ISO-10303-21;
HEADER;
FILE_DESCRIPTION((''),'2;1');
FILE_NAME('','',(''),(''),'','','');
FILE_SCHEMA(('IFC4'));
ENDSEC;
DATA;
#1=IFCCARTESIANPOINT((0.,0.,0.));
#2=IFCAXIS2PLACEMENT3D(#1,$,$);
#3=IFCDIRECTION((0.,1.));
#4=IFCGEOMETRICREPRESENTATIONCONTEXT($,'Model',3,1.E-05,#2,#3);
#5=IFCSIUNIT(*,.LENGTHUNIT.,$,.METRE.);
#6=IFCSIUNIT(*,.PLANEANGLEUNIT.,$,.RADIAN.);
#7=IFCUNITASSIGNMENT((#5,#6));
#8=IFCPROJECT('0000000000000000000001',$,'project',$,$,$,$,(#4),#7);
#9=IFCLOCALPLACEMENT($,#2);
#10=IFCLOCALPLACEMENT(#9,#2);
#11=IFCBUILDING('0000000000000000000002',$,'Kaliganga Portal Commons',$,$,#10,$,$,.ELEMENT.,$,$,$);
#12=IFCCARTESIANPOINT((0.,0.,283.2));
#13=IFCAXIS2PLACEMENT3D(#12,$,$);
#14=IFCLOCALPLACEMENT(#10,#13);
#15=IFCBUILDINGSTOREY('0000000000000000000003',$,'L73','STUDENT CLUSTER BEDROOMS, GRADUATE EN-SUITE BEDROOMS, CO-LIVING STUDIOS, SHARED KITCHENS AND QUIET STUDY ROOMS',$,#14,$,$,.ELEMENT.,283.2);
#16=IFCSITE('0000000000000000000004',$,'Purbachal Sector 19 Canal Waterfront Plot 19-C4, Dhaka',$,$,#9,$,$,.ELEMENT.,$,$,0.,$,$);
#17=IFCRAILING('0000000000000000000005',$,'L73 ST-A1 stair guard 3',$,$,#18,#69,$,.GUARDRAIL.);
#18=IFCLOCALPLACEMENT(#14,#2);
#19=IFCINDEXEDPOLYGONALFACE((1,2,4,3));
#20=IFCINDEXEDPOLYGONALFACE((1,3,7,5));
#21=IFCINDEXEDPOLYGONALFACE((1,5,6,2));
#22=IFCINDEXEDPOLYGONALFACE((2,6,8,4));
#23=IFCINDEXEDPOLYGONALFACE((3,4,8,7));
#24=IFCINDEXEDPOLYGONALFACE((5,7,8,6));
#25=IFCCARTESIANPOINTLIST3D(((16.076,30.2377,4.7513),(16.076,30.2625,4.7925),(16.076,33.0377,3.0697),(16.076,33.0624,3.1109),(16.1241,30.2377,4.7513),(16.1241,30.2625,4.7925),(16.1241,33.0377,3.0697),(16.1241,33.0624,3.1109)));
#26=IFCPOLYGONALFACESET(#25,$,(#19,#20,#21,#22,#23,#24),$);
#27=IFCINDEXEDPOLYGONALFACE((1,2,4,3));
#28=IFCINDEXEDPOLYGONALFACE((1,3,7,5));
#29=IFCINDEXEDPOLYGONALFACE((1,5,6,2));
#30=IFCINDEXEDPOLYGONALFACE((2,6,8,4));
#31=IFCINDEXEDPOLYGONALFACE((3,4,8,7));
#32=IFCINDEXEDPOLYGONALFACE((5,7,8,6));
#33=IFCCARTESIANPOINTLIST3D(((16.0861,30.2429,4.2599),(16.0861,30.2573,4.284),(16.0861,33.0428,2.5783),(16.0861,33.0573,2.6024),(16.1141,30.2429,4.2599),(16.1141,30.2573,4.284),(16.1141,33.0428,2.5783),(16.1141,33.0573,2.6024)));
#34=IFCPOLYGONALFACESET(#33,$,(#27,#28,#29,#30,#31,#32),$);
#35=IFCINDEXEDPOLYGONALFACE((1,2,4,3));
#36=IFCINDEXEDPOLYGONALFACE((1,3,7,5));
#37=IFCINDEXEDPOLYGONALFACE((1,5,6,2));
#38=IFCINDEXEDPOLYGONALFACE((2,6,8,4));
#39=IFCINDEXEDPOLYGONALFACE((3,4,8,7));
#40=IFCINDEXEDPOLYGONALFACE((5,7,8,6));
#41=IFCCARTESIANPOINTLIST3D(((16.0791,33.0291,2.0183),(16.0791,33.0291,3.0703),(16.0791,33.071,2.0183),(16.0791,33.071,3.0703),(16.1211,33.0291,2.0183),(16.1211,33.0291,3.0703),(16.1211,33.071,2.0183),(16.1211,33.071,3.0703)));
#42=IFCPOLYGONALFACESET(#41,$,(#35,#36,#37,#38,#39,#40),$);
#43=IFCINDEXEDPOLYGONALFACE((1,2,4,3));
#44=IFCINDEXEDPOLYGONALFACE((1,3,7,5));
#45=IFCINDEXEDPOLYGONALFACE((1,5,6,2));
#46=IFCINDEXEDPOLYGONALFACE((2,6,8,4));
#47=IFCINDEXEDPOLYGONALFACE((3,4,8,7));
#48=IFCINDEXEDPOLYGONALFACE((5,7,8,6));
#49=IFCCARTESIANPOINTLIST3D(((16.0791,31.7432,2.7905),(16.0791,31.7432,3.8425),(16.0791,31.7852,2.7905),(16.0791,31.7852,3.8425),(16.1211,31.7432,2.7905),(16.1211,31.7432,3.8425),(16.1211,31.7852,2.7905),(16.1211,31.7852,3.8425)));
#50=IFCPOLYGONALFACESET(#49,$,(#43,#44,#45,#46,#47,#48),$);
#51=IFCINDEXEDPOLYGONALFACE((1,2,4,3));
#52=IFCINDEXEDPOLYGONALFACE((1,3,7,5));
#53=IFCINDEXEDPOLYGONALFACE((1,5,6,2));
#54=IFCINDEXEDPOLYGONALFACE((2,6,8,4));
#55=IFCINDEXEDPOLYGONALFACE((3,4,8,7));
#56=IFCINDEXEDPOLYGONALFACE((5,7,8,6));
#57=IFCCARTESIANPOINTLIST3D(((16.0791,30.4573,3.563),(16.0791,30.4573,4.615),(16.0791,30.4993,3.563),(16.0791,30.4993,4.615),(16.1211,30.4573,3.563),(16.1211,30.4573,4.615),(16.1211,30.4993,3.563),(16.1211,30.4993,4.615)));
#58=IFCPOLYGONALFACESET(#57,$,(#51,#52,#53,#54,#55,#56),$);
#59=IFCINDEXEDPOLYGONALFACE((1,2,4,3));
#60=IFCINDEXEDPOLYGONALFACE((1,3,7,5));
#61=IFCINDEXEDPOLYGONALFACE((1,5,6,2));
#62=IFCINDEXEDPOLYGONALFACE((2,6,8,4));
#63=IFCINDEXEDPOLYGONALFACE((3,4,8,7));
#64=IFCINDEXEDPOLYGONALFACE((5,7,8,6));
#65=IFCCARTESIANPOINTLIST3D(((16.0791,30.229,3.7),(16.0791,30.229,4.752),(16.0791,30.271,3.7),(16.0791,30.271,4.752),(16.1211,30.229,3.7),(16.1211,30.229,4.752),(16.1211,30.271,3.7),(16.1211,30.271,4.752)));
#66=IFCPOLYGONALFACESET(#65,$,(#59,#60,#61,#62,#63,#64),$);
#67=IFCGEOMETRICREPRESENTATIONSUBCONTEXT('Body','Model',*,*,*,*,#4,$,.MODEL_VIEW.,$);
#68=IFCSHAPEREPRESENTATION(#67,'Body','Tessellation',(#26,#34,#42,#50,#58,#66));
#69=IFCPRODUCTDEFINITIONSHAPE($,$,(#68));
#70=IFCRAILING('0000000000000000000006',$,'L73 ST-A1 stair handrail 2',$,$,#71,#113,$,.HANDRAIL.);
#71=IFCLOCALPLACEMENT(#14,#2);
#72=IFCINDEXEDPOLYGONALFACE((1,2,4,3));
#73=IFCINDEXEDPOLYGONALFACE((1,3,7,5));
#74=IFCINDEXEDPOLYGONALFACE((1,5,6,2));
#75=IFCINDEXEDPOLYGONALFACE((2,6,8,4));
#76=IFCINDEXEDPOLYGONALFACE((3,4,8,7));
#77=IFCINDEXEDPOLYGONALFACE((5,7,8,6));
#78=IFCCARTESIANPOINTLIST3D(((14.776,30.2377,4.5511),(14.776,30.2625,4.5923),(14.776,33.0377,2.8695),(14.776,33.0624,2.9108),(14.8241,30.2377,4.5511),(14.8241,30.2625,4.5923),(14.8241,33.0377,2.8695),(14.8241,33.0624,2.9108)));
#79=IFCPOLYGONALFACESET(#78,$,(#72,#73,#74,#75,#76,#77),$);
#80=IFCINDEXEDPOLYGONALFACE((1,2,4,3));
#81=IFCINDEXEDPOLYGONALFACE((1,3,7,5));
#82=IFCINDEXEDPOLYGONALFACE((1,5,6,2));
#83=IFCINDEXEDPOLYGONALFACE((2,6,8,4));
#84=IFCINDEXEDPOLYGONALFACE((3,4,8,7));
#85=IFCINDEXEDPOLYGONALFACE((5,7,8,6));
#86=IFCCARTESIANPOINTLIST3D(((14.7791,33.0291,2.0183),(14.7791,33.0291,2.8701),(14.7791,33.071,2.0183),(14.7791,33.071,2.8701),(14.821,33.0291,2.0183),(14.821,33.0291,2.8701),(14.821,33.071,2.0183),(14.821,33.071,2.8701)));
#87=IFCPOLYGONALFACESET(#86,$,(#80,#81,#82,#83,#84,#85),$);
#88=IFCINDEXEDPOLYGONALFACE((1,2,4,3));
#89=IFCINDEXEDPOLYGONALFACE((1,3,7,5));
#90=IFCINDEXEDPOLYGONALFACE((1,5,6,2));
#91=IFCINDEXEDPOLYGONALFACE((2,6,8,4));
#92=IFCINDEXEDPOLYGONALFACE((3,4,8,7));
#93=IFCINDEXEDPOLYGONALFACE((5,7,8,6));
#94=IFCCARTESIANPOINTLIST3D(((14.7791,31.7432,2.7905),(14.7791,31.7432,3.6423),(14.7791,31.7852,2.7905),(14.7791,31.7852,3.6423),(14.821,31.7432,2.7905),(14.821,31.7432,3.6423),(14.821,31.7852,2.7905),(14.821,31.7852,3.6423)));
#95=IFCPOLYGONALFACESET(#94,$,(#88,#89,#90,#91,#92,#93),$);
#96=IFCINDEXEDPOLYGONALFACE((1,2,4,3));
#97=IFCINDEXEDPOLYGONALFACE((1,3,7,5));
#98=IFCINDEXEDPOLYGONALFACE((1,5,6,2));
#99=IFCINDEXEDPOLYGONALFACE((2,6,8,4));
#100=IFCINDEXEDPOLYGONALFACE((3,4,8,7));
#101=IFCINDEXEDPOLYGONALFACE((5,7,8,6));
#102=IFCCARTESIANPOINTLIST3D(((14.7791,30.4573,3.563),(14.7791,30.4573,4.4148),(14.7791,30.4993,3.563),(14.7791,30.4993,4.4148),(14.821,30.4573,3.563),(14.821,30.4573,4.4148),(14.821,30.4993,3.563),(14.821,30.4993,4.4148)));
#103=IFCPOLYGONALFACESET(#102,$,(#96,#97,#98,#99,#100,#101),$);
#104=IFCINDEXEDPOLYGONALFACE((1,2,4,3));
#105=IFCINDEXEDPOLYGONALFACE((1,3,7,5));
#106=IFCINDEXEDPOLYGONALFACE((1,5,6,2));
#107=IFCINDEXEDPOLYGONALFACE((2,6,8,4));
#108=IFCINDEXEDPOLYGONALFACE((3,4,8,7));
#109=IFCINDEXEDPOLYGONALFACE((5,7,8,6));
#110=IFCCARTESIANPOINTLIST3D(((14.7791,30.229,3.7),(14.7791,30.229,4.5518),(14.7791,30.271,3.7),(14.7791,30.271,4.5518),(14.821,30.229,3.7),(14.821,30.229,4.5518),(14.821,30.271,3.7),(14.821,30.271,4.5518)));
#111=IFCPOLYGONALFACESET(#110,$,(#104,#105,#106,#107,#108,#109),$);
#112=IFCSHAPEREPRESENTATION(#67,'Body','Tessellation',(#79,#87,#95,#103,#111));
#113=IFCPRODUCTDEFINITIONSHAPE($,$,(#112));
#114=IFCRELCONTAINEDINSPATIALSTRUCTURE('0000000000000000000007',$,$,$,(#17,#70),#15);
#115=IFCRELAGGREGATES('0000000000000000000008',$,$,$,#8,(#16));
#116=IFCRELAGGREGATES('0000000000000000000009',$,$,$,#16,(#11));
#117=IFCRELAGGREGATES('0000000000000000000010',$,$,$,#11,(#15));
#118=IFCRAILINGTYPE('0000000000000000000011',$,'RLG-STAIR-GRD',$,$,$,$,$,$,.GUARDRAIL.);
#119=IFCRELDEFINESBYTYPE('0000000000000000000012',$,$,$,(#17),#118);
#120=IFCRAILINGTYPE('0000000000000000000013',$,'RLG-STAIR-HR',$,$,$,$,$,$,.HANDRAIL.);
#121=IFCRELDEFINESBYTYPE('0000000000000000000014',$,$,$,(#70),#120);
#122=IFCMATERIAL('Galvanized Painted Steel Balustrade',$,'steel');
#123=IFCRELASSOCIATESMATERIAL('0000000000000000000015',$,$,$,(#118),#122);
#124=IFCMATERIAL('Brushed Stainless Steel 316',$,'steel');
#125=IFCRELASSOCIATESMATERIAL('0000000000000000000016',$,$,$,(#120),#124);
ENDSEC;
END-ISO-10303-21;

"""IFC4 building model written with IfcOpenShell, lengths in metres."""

from ifc_helpers import new_model, si_unit, direction, frame, origin, origin_2d, place, context, subcontext, project, spatial, rectangle, extrude, material, type_object, element, save


model = new_model("IFC4")

# Units and contexts
model_context = context("Model", 3, precision=1e-05, world=origin(), true_north=direction((0.0, 1.0)))
body_context = subcontext(model_context, "Body", "Model", "MODEL_VIEW")
ifc_project = project(units=[si_unit("LENGTHUNIT", "METRE"), si_unit("PLANEANGLEUNIT", "RADIAN")], contexts=[model_context])

# Site, building, storey
site_placement = place(None, origin())
site = spatial("IfcSite", under=ifc_project, at=site_placement, Name="Purbachal Sector 19 Canal Waterfront Plot 19-C4, Dhaka", CompositionType="ELEMENT", RefElevation=0.0)
building_placement = place(site_placement, origin())
building = spatial("IfcBuilding", under=site, at=building_placement, Name="Kaliganga Portal Commons", CompositionType="ELEMENT")
storey_placement = place(building_placement, frame((0.0, 0.0, 283.2)))
storey = spatial("IfcBuildingStorey", under=building, at=storey_placement, Name="L73", Description="STUDENT CLUSTER BEDROOMS, GRADUATE EN-SUITE BEDROOMS, CO-LIVING STUDIOS, SHARED KITCHENS AND QUIET STUDY ROOMS", CompositionType="ELEMENT", Elevation=283.2)

# Railings
ifc_material_1 = material(Name="Galvanized Painted Steel Balustrade", Category="steel")
railing_type_1 = type_object("IfcRailingType", Name="RLG-STAIR-GRD", PredefinedType="GUARDRAIL", material=ifc_material_1)
railing_1_placement = place(storey_placement, frame((16.1001, 33.05, 2.0183)))
element("IfcRailing", 1, at=railing_1_placement, inside=storey, type_object=railing_type_1, Name="L73 ST-A1 stair guard 3", PredefinedType="GUARDRAIL", context=body_context, shape_type="SweptSolid", body=[
    extrude(rectangle(XDim=0.0481, YDim=0.0481, at=origin_2d()), frame((0.0, 0.0, 1.072), z_axis=(0.0, -0.857275, 0.514858), x_axis=(1.0, 0.0, 0.0)), (0.0, 0.0, 1.0), 3.2661),
    extrude(rectangle(XDim=0.0281, YDim=0.0281, at=origin_2d()), frame((0.0, 0.0, 0.572), z_axis=(0.0, -0.857275, 0.514858), x_axis=(1.0, 0.0, 0.0)), (0.0, 0.0, 1.0), 3.2661),
    extrude(rectangle(XDim=0.042, YDim=0.042, at=origin_2d()), origin(), (0.0, 0.0, 1.0), 1.052),
    extrude(rectangle(XDim=0.042, YDim=0.042, at=origin_2d()), frame((0.0, -1.2859, 0.7722)), (0.0, 0.0, 1.0), 1.052),
    extrude(rectangle(XDim=0.042, YDim=0.042, at=origin_2d()), frame((0.0, -2.5718, 1.5447)), (0.0, 0.0, 1.0), 1.052),
    extrude(rectangle(XDim=0.042, YDim=0.042, at=origin_2d()), frame((0.0, -2.8, 1.6816)), (0.0, 0.0, 1.0), 1.052),
])
ifc_material_2 = material(Name="Brushed Stainless Steel 316", Category="steel")
railing_type_2 = type_object("IfcRailingType", Name="RLG-STAIR-HR", PredefinedType="HANDRAIL", material=ifc_material_2)
railing_2_placement = place(storey_placement, frame((14.8, 33.05, 2.0183)))
element("IfcRailing", 2, at=railing_2_placement, inside=storey, type_object=railing_type_2, Name="L73 ST-A1 stair handrail 2", PredefinedType="HANDRAIL", context=body_context, shape_type="SweptSolid", body=[
    extrude(rectangle(XDim=0.0481, YDim=0.0481, at=origin_2d()), frame((0.0, 0.0, 0.8718), z_axis=(0.0, -0.857275, 0.514858), x_axis=(1.0, 0.0, 0.0)), (0.0, 0.0, 1.0), 3.2661),
    extrude(rectangle(XDim=0.042, YDim=0.042, at=origin_2d()), origin(), (0.0, 0.0, 1.0), 0.8518),
    extrude(rectangle(XDim=0.042, YDim=0.042, at=origin_2d()), frame((0.0, -1.2859, 0.7722)), (0.0, 0.0, 1.0), 0.8518),
    extrude(rectangle(XDim=0.042, YDim=0.042, at=origin_2d()), frame((0.0, -2.5718, 1.5447)), (0.0, 0.0, 1.0), 0.8518),
    extrude(rectangle(XDim=0.042, YDim=0.042, at=origin_2d()), frame((0.0, -2.8, 1.6816)), (0.0, 0.0, 1.0), 0.8518),
])

save(model, "model.ifc")
